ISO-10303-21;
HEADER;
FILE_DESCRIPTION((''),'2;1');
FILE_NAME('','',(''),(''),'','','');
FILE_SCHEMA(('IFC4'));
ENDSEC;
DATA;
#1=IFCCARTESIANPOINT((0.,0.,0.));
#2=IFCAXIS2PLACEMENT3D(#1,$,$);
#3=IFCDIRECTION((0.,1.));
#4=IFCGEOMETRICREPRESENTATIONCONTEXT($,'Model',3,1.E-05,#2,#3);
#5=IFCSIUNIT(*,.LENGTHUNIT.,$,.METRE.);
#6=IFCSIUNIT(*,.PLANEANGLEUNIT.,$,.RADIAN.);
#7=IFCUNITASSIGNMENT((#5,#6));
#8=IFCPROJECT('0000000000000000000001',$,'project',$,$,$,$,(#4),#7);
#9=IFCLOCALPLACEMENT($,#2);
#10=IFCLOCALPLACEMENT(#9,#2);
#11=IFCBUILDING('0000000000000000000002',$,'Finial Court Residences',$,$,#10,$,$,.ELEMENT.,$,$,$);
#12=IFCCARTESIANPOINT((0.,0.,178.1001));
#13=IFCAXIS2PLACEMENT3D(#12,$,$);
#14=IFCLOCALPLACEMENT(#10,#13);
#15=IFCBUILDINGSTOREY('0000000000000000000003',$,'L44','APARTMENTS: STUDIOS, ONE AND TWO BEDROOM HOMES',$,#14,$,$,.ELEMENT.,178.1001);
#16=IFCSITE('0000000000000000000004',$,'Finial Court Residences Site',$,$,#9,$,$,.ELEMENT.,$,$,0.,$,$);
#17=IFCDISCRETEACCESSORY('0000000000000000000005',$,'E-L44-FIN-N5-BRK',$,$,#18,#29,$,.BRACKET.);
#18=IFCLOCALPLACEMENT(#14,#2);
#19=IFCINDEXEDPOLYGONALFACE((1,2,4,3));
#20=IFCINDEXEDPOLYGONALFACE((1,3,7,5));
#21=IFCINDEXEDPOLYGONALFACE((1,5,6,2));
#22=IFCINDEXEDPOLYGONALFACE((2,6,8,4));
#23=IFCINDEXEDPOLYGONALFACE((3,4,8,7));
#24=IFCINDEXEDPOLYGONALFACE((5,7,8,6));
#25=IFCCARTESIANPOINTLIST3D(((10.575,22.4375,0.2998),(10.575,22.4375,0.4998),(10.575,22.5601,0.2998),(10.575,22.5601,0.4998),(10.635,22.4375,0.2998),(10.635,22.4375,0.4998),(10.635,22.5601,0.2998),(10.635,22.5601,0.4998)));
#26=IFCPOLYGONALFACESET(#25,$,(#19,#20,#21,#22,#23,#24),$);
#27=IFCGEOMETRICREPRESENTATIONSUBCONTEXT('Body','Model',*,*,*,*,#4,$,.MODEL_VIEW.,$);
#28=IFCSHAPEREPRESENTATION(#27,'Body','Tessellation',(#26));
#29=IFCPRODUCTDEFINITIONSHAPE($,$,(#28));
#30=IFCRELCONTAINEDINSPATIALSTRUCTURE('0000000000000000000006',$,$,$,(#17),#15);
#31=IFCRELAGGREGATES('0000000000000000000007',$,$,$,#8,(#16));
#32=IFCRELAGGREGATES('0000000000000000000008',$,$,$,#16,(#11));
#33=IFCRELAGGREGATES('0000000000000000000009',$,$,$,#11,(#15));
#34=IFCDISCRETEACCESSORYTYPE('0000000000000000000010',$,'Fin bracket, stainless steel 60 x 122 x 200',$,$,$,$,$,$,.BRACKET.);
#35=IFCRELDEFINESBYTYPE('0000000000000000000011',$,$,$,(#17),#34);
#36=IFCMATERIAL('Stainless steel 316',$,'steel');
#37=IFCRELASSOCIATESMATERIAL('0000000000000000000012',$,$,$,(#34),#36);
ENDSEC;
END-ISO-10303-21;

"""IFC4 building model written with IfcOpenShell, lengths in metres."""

from ifc_helpers import new_model, si_unit, direction, frame, origin, origin_2d, place, context, subcontext, project, spatial, rectangle, extrude, material, type_object, element, save


model = new_model("IFC4")

# Units and contexts
model_context = context("Model", 3, precision=1e-05, world=origin(), true_north=direction((0.0, 1.0)))
body_context = subcontext(model_context, "Body", "Model", "MODEL_VIEW")
ifc_project = project(units=[si_unit("LENGTHUNIT", "METRE"), si_unit("PLANEANGLEUNIT", "RADIAN")], contexts=[model_context])

# Site, building, storey
site_placement = place(None, origin())
site = spatial("IfcSite", under=ifc_project, at=site_placement, Name="Finial Court Residences Site", CompositionType="ELEMENT", RefElevation=0.0)
building_placement = place(site_placement, origin())
building = spatial("IfcBuilding", under=site, at=building_placement, Name="Finial Court Residences", CompositionType="ELEMENT")
storey_placement = place(building_placement, frame((0.0, 0.0, 178.1001)))
storey = spatial("IfcBuildingStorey", under=building, at=storey_placement, Name="L44", Description="APARTMENTS: STUDIOS, ONE AND TWO BEDROOM HOMES", CompositionType="ELEMENT", Elevation=178.1001)

# Discrete accessory
ifc_material_1 = material(Name="Stainless steel 316", Category="steel")
discrete_accessory_type = type_object("IfcDiscreteAccessoryType", Name="Fin bracket, stainless steel 60 x 122 x 200", PredefinedType="BRACKET", material=ifc_material_1)
discrete_accessory_placement = place(storey_placement, frame((10.605, 22.4988, 0.2998), z_axis=(0.0, 0.0, 1.0), x_axis=(1.0, 0.0, 0.0)))
element("IfcDiscreteAccessory", 1, at=discrete_accessory_placement, inside=storey, type_object=discrete_accessory_type, Name="E-L44-FIN-N5-BRK", PredefinedType="BRACKET", context=body_context, shape_type="SweptSolid", body=[
    extrude(rectangle(XDim=0.0601, YDim=0.1226, at=origin_2d()), origin(), (0.0, 0.0, 1.0), 0.2),
])

save(model, "model.ifc")
